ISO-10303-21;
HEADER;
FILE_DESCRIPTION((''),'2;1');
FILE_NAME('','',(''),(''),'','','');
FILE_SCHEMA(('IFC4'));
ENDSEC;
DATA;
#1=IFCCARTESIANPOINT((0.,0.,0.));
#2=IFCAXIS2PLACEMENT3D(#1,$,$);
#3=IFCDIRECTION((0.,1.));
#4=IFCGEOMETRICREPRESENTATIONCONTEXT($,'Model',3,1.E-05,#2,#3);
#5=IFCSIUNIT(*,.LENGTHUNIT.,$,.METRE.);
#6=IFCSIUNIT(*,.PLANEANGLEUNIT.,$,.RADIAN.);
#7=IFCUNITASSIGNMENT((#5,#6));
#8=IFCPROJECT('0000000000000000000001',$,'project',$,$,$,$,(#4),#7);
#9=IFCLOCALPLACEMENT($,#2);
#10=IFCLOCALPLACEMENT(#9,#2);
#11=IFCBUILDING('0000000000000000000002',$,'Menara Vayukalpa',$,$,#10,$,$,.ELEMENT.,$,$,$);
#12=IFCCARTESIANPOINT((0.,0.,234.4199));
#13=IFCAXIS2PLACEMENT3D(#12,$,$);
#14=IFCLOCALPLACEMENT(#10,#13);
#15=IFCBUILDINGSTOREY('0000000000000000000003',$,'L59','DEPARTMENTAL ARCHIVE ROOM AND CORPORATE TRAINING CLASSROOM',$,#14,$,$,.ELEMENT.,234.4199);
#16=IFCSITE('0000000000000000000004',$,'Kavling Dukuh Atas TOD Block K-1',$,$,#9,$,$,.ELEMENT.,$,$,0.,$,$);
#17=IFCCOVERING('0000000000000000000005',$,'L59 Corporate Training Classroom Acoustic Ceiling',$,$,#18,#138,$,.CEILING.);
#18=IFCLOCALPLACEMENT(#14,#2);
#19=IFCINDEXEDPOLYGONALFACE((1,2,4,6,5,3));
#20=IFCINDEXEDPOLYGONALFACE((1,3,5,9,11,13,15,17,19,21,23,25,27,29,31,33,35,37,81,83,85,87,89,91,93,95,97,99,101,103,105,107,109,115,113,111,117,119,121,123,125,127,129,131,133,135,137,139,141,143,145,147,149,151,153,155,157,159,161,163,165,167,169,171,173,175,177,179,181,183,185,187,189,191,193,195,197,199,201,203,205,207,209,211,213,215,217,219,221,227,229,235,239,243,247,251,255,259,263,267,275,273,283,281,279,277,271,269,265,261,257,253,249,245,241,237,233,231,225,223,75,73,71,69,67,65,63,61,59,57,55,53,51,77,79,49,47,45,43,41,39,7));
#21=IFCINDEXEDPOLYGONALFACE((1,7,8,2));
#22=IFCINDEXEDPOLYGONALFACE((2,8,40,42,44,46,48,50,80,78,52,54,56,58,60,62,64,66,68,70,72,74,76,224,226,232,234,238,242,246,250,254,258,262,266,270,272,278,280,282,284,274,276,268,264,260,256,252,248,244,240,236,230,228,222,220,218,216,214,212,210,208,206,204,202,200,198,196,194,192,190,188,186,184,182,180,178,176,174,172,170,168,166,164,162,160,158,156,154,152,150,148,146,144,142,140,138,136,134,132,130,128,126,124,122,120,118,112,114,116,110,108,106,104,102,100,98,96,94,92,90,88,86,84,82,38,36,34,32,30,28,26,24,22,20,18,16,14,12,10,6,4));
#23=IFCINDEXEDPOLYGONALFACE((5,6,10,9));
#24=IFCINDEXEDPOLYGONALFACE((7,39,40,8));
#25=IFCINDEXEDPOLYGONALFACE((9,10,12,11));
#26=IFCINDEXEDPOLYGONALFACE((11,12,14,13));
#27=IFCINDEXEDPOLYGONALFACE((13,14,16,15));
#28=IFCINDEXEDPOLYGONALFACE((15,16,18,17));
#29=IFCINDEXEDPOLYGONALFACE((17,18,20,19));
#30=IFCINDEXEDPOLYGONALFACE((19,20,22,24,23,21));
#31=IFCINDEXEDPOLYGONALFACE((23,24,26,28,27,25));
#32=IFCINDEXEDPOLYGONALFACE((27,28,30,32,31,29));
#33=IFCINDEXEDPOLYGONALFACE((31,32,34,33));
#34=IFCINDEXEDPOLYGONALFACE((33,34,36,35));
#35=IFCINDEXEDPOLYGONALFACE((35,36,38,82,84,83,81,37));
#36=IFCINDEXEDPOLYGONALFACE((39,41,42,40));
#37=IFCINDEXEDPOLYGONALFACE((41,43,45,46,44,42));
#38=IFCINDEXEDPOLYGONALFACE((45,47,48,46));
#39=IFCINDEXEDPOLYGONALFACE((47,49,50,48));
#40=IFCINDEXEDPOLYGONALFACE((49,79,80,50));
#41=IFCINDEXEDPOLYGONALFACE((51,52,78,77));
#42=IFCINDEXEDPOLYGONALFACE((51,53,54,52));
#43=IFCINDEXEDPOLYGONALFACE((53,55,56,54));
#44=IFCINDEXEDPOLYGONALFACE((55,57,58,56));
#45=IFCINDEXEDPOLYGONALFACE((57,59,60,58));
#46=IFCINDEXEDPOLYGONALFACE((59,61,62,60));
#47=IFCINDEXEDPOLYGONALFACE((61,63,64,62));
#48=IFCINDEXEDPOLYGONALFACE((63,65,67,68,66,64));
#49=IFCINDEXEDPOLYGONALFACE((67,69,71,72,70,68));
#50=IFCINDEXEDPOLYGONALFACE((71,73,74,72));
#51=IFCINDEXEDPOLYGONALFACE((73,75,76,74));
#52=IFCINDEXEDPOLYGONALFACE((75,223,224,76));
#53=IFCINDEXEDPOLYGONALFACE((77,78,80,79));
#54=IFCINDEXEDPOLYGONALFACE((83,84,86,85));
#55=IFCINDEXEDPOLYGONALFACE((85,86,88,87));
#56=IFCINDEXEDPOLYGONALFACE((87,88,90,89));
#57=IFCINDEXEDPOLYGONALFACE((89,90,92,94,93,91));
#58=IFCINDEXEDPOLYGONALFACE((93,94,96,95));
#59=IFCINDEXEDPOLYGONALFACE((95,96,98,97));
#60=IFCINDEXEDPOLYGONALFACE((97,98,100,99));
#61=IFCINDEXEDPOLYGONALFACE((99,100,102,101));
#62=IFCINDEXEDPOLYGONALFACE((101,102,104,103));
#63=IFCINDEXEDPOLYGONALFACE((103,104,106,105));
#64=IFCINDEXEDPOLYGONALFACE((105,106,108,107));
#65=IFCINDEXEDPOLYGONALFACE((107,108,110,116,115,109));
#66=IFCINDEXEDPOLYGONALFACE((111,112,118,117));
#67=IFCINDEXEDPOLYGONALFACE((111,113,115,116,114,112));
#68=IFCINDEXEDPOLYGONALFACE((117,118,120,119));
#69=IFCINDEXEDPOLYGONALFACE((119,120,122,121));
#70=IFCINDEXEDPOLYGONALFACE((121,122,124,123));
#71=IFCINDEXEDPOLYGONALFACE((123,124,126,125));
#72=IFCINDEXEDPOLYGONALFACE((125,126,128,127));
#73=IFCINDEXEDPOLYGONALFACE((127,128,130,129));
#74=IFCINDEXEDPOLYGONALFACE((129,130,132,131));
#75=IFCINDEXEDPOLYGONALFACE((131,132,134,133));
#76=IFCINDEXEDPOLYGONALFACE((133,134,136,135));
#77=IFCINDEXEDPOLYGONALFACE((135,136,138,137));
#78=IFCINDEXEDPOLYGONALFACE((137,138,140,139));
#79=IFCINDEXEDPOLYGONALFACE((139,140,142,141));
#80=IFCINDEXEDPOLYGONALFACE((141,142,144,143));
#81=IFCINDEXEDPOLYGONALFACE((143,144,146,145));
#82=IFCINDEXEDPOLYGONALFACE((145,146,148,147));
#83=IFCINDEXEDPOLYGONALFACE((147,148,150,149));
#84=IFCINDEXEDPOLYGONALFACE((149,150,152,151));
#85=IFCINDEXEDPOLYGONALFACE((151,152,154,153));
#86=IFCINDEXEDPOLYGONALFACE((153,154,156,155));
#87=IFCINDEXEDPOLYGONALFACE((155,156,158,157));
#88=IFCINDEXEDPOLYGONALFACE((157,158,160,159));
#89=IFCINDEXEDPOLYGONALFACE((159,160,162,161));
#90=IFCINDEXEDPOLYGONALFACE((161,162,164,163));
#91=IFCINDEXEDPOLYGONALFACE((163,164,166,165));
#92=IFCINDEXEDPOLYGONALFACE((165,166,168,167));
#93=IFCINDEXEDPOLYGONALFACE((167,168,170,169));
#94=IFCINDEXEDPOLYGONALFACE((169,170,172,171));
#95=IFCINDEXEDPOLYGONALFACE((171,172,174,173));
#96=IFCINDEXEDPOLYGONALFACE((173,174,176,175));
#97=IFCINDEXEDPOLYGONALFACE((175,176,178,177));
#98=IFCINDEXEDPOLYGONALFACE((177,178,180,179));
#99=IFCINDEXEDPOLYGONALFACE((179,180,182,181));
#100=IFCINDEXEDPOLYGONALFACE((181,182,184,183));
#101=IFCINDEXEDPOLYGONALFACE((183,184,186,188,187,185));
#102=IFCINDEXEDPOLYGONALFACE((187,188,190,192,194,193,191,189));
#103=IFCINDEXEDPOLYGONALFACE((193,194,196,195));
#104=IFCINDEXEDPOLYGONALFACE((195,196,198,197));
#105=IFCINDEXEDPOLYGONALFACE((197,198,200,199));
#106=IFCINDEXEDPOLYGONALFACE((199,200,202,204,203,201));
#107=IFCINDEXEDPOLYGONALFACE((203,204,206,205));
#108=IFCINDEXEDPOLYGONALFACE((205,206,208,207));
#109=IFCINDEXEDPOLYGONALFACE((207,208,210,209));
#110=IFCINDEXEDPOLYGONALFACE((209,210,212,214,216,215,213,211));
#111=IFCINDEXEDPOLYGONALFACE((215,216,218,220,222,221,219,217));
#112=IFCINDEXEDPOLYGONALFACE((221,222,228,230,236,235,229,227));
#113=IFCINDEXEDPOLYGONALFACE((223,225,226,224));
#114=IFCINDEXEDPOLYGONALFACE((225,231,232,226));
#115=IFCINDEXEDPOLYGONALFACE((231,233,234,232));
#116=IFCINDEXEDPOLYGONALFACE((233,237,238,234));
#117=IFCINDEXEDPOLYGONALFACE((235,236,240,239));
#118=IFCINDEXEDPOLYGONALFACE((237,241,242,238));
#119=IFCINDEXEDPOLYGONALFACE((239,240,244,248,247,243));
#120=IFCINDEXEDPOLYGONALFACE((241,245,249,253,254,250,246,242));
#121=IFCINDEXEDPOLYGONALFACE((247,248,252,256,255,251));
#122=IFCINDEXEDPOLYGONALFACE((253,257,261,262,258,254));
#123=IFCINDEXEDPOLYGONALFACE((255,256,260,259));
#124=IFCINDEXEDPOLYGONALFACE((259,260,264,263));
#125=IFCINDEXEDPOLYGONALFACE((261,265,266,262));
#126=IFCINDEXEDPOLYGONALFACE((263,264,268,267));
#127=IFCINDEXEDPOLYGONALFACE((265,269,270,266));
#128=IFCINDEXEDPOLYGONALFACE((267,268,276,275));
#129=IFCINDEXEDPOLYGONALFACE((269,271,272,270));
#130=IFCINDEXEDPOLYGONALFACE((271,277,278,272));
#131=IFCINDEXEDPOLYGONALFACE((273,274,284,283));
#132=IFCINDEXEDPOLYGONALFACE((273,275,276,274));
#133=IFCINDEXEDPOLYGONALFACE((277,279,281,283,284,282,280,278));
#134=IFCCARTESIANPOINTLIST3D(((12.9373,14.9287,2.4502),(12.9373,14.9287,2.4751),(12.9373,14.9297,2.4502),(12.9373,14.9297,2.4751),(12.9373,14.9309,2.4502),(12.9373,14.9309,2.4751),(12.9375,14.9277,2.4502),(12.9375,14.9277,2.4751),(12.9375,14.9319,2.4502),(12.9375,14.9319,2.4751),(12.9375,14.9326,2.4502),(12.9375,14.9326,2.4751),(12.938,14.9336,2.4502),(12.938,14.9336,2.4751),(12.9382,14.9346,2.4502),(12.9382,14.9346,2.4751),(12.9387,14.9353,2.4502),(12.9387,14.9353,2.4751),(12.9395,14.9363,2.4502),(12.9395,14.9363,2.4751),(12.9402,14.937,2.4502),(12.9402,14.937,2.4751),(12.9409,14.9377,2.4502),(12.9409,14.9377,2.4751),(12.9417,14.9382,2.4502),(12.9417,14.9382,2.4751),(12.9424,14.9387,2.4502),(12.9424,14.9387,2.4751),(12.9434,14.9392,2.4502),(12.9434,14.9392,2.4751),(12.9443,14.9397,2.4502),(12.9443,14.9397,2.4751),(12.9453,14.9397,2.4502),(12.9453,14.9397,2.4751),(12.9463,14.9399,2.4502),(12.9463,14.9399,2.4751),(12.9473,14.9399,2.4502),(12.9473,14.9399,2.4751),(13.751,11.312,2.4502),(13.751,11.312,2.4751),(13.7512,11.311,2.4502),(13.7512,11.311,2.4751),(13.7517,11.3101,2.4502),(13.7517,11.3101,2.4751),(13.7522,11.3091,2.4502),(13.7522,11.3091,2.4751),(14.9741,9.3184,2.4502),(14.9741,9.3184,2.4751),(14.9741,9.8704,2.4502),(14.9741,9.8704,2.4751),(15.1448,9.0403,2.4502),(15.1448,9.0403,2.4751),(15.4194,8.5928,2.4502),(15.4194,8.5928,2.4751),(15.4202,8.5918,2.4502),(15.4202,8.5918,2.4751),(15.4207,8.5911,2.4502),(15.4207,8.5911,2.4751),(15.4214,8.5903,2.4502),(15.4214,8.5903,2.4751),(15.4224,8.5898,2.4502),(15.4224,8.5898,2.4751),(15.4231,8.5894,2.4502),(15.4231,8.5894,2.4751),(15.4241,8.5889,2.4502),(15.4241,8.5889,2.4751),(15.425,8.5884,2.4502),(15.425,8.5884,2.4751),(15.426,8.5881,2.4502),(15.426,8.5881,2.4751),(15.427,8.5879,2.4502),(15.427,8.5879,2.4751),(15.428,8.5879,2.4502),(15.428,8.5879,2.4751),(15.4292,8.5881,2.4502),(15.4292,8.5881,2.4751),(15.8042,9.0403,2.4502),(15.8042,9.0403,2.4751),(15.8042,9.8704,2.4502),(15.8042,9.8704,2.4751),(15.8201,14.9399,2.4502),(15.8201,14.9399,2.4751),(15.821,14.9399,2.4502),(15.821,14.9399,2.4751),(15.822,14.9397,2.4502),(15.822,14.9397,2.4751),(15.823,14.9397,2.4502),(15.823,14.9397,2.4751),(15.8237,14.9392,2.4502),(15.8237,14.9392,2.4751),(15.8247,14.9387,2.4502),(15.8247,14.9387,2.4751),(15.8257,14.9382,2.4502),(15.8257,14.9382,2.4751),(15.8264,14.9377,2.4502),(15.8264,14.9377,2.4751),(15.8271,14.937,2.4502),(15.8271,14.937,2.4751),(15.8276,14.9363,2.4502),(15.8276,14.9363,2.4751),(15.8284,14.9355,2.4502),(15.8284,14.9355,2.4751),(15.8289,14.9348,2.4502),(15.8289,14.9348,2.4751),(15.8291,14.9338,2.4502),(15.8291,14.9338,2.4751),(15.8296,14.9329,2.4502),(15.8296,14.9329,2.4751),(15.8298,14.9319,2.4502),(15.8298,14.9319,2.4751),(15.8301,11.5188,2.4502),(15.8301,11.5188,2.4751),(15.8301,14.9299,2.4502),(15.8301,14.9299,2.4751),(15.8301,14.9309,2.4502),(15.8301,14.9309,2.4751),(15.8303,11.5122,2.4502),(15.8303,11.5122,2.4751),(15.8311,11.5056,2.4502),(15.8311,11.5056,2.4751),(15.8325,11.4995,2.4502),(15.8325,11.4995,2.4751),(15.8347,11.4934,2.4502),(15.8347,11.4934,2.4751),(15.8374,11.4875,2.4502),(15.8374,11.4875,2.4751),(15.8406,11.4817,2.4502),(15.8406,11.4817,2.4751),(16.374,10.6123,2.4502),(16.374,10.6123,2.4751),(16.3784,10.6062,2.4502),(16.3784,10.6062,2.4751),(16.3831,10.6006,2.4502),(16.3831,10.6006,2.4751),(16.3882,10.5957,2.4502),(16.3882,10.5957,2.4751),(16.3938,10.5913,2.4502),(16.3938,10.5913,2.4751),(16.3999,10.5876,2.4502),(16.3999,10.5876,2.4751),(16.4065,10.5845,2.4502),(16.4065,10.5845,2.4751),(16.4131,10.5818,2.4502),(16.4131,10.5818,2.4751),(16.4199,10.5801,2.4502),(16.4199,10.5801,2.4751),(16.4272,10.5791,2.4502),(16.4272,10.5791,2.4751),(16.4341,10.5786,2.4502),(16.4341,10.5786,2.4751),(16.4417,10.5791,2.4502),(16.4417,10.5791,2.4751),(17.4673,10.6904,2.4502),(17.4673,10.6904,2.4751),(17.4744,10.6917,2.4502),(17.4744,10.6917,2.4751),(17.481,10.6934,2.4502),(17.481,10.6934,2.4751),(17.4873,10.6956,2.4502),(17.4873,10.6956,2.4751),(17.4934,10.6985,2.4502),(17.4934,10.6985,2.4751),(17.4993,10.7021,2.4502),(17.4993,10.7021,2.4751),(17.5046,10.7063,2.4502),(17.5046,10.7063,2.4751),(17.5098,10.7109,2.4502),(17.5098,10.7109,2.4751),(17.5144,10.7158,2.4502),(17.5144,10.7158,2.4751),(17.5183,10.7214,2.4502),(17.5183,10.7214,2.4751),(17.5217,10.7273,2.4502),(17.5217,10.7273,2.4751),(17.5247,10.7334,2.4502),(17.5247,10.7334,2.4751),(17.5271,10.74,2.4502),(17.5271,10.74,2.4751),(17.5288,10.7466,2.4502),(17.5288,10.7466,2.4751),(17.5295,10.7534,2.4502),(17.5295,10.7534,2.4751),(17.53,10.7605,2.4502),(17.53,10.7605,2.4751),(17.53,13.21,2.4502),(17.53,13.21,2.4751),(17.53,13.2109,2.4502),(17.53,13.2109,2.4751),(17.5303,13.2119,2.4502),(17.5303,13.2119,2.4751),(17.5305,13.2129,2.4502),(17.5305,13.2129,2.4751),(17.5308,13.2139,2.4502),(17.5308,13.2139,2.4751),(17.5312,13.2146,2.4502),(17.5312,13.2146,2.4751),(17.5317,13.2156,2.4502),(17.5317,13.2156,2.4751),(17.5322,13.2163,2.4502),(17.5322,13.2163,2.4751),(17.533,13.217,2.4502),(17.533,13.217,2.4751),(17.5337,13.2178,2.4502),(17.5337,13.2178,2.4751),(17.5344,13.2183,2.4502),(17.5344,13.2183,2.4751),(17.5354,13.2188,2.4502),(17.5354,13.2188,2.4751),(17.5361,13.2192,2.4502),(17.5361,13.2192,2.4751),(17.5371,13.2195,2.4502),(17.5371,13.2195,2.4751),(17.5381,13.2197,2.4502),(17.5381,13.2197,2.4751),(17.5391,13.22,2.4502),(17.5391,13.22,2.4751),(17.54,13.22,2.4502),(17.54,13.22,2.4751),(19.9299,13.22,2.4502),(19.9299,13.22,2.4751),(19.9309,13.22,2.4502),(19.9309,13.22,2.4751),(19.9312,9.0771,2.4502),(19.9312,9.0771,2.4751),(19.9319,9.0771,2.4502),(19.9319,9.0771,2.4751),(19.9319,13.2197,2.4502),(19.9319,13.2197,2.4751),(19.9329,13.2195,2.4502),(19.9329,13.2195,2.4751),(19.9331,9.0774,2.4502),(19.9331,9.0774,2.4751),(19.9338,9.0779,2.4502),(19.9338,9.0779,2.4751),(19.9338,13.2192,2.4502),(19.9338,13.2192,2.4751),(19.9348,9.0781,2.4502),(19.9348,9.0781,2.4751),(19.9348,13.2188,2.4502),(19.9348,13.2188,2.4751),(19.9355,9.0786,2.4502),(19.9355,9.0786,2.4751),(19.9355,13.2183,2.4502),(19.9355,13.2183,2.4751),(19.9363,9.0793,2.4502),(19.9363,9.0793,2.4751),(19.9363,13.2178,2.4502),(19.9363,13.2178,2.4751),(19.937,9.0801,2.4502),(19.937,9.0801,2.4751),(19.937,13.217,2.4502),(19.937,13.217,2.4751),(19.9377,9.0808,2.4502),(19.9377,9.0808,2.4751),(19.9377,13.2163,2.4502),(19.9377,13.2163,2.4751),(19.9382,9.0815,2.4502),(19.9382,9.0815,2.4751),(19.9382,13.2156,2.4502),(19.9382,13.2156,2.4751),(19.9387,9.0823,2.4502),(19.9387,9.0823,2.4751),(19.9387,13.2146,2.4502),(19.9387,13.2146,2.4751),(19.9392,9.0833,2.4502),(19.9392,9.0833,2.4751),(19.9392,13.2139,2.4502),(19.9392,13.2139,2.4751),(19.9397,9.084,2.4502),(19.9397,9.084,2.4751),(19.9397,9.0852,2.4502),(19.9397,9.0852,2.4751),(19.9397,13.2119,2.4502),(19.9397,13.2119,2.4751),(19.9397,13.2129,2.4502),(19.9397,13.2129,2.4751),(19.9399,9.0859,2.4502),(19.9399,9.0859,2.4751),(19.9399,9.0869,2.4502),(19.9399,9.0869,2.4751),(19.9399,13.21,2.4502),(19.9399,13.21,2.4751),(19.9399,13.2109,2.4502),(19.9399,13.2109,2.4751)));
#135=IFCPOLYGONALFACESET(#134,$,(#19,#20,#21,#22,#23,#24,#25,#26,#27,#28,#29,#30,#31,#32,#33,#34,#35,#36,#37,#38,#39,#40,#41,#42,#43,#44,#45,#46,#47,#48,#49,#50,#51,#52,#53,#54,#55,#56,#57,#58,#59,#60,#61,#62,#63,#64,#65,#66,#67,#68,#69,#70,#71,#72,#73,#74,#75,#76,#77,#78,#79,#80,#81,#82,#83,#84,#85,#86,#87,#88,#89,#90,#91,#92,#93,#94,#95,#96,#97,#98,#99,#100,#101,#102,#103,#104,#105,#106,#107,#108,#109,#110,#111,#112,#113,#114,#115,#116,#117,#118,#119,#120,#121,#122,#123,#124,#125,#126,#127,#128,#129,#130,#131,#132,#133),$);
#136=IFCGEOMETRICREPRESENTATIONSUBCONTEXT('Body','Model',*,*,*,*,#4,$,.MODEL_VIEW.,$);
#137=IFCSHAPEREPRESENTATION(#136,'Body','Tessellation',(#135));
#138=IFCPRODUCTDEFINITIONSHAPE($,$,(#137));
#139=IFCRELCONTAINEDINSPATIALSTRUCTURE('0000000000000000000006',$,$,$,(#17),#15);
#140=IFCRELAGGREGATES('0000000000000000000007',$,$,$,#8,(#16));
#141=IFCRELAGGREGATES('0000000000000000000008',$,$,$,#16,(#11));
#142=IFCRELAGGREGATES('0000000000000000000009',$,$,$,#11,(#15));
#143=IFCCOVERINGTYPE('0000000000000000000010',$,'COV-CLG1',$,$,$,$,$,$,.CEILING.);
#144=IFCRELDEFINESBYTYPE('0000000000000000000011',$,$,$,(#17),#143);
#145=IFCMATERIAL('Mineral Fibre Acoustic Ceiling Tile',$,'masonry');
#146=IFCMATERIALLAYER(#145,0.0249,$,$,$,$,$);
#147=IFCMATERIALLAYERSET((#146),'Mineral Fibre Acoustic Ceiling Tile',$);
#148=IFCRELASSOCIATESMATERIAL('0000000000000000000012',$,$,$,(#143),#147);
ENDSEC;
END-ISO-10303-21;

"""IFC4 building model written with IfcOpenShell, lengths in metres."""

from ifc_helpers import new_model, si_unit, direction, frame, origin, place, context, subcontext, project, spatial, polyline, outline, extrude, material, layer, layer_set, type_object, element, save


model = new_model("IFC4")

# Units and contexts
model_context = context("Model", 3, precision=1e-05, world=origin(), true_north=direction((0.0, 1.0)))
body_context = subcontext(model_context, "Body", "Model", "MODEL_VIEW")
ifc_project = project(units=[si_unit("LENGTHUNIT", "METRE"), si_unit("PLANEANGLEUNIT", "RADIAN")], contexts=[model_context])

# Site, building, storey
site_placement = place(None, origin())
site = spatial("IfcSite", under=ifc_project, at=site_placement, Name="Kavling Dukuh Atas TOD Block K-1", CompositionType="ELEMENT", RefElevation=0.0)
building_placement = place(site_placement, origin())
building = spatial("IfcBuilding", under=site, at=building_placement, Name="Menara Vayukalpa", CompositionType="ELEMENT")
storey_placement = place(building_placement, frame((0.0, 0.0, 234.4199)))
storey = spatial("IfcBuildingStorey", under=building, at=storey_placement, Name="L59", Description="DEPARTMENTAL ARCHIVE ROOM AND CORPORATE TRAINING CLASSROOM", CompositionType="ELEMENT", Elevation=234.4199)

# Covering
ifc_material_1 = material(Name="Mineral Fibre Acoustic Ceiling Tile", Category="masonry")
ifc_layer_1 = layer(ifc_material_1, 0.0249)
ifc_layer_set_1 = layer_set([ifc_layer_1], Name="Mineral Fibre Acoustic Ceiling Tile")
covering_type_1 = type_object("IfcCoveringType", Name="COV-CLG1", PredefinedType="CEILING", material=ifc_layer_set_1)
covering_1_placement = place(storey_placement, frame((0.0, 0.0, 2.4502)))
element("IfcCovering", 1, at=covering_1_placement, inside=storey, type_object=covering_type_1, Name="L59 Corporate Training Classroom Acoustic Ceiling", PredefinedType="CEILING", context=body_context, shape_type="SweptSolid", body=[
    extrude(outline(polyline([(15.427, 8.5879), (15.426, 8.5881), (15.425, 8.5884), (15.4241, 8.5889), (15.4231, 8.5894), (15.4224, 8.5898), (15.4214, 8.5903), (15.4207, 8.5911), (15.4202, 8.5918), (15.4194, 8.5928), (15.1448, 9.0403), (15.8042, 9.0403), (15.8042, 9.8704), (14.9741, 9.8704), (14.9741, 9.3184), (13.7522, 11.3091), (13.7517, 11.3101), (13.7512, 11.311), (13.751, 11.312), (12.9375, 14.9277), (12.9373, 14.9287), (12.9373, 14.9297), (12.9373, 14.9309), (12.9375, 14.9319), (12.9375, 14.9326), (12.938, 14.9336), (12.9382, 14.9346), (12.9387, 14.9353), (12.9395, 14.9363), (12.9402, 14.937), (12.9409, 14.9377), (12.9417, 14.9382), (12.9424, 14.9387), (12.9434, 14.9392), (12.9443, 14.9397), (12.9453, 14.9397), (12.9463, 14.9399), (12.9473, 14.9399), (15.8201, 14.9399), (15.821, 14.9399), (15.822, 14.9397), (15.823, 14.9397), (15.8237, 14.9392), (15.8247, 14.9387), (15.8257, 14.9382), (15.8264, 14.9377), (15.8271, 14.937), (15.8276, 14.9363), (15.8284, 14.9355), (15.8289, 14.9348), (15.8291, 14.9338), (15.8296, 14.9329), (15.8298, 14.9319), (15.8301, 14.9309), (15.8301, 14.9299), (15.8301, 11.5188), (15.8303, 11.5122), (15.8311, 11.5056), (15.8325, 11.4995), (15.8347, 11.4934), (15.8374, 11.4875), (15.8406, 11.4817), (16.374, 10.6123), (16.3784, 10.6062), (16.3831, 10.6006), (16.3882, 10.5957), (16.3938, 10.5913), (16.3999, 10.5876), (16.4065, 10.5845), (16.4131, 10.5818), (16.4199, 10.5801), (16.4272, 10.5791), (16.4341, 10.5786), (16.4417, 10.5791), (17.4673, 10.6904), (17.4744, 10.6917), (17.481, 10.6934), (17.4873, 10.6956), (17.4934, 10.6985), (17.4993, 10.7021), (17.5046, 10.7063), (17.5098, 10.7109), (17.5144, 10.7158), (17.5183, 10.7214), (17.5217, 10.7273), (17.5247, 10.7334), (17.5271, 10.74), (17.5288, 10.7466), (17.5295, 10.7534), (17.53, 10.7605), (17.53, 13.21), (17.53, 13.2109), (17.5303, 13.2119), (17.5305, 13.2129), (17.5308, 13.2139), (17.5312, 13.2146), (17.5317, 13.2156), (17.5322, 13.2163), (17.533, 13.217), (17.5337, 13.2178), (17.5344, 13.2183), (17.5354, 13.2188), (17.5361, 13.2192), (17.5371, 13.2195), (17.5381, 13.2197), (17.5391, 13.22), (17.54, 13.22), (19.9299, 13.22), (19.9309, 13.22), (19.9319, 13.2197), (19.9329, 13.2195), (19.9338, 13.2192), (19.9348, 13.2188), (19.9355, 13.2183), (19.9363, 13.2178), (19.937, 13.217), (19.9377, 13.2163), (19.9382, 13.2156), (19.9387, 13.2146), (19.9392, 13.2139), (19.9397, 13.2129), (19.9397, 13.2119), (19.9399, 13.2109), (19.9399, 13.21), (19.9399, 9.0869), (19.9399, 9.0859), (19.9397, 9.0852), (19.9397, 9.084), (19.9392, 9.0833), (19.9387, 9.0823), (19.9382, 9.0815), (19.9377, 9.0808), (19.937, 9.0801), (19.9363, 9.0793), (19.9355, 9.0786), (19.9348, 9.0781), (19.9338, 9.0779), (19.9331, 9.0774), (19.9319, 9.0771), (19.9312, 9.0771), (15.4292, 8.5881), (15.428, 8.5879), (15.427, 8.5879)])), origin(), (0.0, 0.0, 1.0), 0.0249),
])

save(model, "model.ifc")
